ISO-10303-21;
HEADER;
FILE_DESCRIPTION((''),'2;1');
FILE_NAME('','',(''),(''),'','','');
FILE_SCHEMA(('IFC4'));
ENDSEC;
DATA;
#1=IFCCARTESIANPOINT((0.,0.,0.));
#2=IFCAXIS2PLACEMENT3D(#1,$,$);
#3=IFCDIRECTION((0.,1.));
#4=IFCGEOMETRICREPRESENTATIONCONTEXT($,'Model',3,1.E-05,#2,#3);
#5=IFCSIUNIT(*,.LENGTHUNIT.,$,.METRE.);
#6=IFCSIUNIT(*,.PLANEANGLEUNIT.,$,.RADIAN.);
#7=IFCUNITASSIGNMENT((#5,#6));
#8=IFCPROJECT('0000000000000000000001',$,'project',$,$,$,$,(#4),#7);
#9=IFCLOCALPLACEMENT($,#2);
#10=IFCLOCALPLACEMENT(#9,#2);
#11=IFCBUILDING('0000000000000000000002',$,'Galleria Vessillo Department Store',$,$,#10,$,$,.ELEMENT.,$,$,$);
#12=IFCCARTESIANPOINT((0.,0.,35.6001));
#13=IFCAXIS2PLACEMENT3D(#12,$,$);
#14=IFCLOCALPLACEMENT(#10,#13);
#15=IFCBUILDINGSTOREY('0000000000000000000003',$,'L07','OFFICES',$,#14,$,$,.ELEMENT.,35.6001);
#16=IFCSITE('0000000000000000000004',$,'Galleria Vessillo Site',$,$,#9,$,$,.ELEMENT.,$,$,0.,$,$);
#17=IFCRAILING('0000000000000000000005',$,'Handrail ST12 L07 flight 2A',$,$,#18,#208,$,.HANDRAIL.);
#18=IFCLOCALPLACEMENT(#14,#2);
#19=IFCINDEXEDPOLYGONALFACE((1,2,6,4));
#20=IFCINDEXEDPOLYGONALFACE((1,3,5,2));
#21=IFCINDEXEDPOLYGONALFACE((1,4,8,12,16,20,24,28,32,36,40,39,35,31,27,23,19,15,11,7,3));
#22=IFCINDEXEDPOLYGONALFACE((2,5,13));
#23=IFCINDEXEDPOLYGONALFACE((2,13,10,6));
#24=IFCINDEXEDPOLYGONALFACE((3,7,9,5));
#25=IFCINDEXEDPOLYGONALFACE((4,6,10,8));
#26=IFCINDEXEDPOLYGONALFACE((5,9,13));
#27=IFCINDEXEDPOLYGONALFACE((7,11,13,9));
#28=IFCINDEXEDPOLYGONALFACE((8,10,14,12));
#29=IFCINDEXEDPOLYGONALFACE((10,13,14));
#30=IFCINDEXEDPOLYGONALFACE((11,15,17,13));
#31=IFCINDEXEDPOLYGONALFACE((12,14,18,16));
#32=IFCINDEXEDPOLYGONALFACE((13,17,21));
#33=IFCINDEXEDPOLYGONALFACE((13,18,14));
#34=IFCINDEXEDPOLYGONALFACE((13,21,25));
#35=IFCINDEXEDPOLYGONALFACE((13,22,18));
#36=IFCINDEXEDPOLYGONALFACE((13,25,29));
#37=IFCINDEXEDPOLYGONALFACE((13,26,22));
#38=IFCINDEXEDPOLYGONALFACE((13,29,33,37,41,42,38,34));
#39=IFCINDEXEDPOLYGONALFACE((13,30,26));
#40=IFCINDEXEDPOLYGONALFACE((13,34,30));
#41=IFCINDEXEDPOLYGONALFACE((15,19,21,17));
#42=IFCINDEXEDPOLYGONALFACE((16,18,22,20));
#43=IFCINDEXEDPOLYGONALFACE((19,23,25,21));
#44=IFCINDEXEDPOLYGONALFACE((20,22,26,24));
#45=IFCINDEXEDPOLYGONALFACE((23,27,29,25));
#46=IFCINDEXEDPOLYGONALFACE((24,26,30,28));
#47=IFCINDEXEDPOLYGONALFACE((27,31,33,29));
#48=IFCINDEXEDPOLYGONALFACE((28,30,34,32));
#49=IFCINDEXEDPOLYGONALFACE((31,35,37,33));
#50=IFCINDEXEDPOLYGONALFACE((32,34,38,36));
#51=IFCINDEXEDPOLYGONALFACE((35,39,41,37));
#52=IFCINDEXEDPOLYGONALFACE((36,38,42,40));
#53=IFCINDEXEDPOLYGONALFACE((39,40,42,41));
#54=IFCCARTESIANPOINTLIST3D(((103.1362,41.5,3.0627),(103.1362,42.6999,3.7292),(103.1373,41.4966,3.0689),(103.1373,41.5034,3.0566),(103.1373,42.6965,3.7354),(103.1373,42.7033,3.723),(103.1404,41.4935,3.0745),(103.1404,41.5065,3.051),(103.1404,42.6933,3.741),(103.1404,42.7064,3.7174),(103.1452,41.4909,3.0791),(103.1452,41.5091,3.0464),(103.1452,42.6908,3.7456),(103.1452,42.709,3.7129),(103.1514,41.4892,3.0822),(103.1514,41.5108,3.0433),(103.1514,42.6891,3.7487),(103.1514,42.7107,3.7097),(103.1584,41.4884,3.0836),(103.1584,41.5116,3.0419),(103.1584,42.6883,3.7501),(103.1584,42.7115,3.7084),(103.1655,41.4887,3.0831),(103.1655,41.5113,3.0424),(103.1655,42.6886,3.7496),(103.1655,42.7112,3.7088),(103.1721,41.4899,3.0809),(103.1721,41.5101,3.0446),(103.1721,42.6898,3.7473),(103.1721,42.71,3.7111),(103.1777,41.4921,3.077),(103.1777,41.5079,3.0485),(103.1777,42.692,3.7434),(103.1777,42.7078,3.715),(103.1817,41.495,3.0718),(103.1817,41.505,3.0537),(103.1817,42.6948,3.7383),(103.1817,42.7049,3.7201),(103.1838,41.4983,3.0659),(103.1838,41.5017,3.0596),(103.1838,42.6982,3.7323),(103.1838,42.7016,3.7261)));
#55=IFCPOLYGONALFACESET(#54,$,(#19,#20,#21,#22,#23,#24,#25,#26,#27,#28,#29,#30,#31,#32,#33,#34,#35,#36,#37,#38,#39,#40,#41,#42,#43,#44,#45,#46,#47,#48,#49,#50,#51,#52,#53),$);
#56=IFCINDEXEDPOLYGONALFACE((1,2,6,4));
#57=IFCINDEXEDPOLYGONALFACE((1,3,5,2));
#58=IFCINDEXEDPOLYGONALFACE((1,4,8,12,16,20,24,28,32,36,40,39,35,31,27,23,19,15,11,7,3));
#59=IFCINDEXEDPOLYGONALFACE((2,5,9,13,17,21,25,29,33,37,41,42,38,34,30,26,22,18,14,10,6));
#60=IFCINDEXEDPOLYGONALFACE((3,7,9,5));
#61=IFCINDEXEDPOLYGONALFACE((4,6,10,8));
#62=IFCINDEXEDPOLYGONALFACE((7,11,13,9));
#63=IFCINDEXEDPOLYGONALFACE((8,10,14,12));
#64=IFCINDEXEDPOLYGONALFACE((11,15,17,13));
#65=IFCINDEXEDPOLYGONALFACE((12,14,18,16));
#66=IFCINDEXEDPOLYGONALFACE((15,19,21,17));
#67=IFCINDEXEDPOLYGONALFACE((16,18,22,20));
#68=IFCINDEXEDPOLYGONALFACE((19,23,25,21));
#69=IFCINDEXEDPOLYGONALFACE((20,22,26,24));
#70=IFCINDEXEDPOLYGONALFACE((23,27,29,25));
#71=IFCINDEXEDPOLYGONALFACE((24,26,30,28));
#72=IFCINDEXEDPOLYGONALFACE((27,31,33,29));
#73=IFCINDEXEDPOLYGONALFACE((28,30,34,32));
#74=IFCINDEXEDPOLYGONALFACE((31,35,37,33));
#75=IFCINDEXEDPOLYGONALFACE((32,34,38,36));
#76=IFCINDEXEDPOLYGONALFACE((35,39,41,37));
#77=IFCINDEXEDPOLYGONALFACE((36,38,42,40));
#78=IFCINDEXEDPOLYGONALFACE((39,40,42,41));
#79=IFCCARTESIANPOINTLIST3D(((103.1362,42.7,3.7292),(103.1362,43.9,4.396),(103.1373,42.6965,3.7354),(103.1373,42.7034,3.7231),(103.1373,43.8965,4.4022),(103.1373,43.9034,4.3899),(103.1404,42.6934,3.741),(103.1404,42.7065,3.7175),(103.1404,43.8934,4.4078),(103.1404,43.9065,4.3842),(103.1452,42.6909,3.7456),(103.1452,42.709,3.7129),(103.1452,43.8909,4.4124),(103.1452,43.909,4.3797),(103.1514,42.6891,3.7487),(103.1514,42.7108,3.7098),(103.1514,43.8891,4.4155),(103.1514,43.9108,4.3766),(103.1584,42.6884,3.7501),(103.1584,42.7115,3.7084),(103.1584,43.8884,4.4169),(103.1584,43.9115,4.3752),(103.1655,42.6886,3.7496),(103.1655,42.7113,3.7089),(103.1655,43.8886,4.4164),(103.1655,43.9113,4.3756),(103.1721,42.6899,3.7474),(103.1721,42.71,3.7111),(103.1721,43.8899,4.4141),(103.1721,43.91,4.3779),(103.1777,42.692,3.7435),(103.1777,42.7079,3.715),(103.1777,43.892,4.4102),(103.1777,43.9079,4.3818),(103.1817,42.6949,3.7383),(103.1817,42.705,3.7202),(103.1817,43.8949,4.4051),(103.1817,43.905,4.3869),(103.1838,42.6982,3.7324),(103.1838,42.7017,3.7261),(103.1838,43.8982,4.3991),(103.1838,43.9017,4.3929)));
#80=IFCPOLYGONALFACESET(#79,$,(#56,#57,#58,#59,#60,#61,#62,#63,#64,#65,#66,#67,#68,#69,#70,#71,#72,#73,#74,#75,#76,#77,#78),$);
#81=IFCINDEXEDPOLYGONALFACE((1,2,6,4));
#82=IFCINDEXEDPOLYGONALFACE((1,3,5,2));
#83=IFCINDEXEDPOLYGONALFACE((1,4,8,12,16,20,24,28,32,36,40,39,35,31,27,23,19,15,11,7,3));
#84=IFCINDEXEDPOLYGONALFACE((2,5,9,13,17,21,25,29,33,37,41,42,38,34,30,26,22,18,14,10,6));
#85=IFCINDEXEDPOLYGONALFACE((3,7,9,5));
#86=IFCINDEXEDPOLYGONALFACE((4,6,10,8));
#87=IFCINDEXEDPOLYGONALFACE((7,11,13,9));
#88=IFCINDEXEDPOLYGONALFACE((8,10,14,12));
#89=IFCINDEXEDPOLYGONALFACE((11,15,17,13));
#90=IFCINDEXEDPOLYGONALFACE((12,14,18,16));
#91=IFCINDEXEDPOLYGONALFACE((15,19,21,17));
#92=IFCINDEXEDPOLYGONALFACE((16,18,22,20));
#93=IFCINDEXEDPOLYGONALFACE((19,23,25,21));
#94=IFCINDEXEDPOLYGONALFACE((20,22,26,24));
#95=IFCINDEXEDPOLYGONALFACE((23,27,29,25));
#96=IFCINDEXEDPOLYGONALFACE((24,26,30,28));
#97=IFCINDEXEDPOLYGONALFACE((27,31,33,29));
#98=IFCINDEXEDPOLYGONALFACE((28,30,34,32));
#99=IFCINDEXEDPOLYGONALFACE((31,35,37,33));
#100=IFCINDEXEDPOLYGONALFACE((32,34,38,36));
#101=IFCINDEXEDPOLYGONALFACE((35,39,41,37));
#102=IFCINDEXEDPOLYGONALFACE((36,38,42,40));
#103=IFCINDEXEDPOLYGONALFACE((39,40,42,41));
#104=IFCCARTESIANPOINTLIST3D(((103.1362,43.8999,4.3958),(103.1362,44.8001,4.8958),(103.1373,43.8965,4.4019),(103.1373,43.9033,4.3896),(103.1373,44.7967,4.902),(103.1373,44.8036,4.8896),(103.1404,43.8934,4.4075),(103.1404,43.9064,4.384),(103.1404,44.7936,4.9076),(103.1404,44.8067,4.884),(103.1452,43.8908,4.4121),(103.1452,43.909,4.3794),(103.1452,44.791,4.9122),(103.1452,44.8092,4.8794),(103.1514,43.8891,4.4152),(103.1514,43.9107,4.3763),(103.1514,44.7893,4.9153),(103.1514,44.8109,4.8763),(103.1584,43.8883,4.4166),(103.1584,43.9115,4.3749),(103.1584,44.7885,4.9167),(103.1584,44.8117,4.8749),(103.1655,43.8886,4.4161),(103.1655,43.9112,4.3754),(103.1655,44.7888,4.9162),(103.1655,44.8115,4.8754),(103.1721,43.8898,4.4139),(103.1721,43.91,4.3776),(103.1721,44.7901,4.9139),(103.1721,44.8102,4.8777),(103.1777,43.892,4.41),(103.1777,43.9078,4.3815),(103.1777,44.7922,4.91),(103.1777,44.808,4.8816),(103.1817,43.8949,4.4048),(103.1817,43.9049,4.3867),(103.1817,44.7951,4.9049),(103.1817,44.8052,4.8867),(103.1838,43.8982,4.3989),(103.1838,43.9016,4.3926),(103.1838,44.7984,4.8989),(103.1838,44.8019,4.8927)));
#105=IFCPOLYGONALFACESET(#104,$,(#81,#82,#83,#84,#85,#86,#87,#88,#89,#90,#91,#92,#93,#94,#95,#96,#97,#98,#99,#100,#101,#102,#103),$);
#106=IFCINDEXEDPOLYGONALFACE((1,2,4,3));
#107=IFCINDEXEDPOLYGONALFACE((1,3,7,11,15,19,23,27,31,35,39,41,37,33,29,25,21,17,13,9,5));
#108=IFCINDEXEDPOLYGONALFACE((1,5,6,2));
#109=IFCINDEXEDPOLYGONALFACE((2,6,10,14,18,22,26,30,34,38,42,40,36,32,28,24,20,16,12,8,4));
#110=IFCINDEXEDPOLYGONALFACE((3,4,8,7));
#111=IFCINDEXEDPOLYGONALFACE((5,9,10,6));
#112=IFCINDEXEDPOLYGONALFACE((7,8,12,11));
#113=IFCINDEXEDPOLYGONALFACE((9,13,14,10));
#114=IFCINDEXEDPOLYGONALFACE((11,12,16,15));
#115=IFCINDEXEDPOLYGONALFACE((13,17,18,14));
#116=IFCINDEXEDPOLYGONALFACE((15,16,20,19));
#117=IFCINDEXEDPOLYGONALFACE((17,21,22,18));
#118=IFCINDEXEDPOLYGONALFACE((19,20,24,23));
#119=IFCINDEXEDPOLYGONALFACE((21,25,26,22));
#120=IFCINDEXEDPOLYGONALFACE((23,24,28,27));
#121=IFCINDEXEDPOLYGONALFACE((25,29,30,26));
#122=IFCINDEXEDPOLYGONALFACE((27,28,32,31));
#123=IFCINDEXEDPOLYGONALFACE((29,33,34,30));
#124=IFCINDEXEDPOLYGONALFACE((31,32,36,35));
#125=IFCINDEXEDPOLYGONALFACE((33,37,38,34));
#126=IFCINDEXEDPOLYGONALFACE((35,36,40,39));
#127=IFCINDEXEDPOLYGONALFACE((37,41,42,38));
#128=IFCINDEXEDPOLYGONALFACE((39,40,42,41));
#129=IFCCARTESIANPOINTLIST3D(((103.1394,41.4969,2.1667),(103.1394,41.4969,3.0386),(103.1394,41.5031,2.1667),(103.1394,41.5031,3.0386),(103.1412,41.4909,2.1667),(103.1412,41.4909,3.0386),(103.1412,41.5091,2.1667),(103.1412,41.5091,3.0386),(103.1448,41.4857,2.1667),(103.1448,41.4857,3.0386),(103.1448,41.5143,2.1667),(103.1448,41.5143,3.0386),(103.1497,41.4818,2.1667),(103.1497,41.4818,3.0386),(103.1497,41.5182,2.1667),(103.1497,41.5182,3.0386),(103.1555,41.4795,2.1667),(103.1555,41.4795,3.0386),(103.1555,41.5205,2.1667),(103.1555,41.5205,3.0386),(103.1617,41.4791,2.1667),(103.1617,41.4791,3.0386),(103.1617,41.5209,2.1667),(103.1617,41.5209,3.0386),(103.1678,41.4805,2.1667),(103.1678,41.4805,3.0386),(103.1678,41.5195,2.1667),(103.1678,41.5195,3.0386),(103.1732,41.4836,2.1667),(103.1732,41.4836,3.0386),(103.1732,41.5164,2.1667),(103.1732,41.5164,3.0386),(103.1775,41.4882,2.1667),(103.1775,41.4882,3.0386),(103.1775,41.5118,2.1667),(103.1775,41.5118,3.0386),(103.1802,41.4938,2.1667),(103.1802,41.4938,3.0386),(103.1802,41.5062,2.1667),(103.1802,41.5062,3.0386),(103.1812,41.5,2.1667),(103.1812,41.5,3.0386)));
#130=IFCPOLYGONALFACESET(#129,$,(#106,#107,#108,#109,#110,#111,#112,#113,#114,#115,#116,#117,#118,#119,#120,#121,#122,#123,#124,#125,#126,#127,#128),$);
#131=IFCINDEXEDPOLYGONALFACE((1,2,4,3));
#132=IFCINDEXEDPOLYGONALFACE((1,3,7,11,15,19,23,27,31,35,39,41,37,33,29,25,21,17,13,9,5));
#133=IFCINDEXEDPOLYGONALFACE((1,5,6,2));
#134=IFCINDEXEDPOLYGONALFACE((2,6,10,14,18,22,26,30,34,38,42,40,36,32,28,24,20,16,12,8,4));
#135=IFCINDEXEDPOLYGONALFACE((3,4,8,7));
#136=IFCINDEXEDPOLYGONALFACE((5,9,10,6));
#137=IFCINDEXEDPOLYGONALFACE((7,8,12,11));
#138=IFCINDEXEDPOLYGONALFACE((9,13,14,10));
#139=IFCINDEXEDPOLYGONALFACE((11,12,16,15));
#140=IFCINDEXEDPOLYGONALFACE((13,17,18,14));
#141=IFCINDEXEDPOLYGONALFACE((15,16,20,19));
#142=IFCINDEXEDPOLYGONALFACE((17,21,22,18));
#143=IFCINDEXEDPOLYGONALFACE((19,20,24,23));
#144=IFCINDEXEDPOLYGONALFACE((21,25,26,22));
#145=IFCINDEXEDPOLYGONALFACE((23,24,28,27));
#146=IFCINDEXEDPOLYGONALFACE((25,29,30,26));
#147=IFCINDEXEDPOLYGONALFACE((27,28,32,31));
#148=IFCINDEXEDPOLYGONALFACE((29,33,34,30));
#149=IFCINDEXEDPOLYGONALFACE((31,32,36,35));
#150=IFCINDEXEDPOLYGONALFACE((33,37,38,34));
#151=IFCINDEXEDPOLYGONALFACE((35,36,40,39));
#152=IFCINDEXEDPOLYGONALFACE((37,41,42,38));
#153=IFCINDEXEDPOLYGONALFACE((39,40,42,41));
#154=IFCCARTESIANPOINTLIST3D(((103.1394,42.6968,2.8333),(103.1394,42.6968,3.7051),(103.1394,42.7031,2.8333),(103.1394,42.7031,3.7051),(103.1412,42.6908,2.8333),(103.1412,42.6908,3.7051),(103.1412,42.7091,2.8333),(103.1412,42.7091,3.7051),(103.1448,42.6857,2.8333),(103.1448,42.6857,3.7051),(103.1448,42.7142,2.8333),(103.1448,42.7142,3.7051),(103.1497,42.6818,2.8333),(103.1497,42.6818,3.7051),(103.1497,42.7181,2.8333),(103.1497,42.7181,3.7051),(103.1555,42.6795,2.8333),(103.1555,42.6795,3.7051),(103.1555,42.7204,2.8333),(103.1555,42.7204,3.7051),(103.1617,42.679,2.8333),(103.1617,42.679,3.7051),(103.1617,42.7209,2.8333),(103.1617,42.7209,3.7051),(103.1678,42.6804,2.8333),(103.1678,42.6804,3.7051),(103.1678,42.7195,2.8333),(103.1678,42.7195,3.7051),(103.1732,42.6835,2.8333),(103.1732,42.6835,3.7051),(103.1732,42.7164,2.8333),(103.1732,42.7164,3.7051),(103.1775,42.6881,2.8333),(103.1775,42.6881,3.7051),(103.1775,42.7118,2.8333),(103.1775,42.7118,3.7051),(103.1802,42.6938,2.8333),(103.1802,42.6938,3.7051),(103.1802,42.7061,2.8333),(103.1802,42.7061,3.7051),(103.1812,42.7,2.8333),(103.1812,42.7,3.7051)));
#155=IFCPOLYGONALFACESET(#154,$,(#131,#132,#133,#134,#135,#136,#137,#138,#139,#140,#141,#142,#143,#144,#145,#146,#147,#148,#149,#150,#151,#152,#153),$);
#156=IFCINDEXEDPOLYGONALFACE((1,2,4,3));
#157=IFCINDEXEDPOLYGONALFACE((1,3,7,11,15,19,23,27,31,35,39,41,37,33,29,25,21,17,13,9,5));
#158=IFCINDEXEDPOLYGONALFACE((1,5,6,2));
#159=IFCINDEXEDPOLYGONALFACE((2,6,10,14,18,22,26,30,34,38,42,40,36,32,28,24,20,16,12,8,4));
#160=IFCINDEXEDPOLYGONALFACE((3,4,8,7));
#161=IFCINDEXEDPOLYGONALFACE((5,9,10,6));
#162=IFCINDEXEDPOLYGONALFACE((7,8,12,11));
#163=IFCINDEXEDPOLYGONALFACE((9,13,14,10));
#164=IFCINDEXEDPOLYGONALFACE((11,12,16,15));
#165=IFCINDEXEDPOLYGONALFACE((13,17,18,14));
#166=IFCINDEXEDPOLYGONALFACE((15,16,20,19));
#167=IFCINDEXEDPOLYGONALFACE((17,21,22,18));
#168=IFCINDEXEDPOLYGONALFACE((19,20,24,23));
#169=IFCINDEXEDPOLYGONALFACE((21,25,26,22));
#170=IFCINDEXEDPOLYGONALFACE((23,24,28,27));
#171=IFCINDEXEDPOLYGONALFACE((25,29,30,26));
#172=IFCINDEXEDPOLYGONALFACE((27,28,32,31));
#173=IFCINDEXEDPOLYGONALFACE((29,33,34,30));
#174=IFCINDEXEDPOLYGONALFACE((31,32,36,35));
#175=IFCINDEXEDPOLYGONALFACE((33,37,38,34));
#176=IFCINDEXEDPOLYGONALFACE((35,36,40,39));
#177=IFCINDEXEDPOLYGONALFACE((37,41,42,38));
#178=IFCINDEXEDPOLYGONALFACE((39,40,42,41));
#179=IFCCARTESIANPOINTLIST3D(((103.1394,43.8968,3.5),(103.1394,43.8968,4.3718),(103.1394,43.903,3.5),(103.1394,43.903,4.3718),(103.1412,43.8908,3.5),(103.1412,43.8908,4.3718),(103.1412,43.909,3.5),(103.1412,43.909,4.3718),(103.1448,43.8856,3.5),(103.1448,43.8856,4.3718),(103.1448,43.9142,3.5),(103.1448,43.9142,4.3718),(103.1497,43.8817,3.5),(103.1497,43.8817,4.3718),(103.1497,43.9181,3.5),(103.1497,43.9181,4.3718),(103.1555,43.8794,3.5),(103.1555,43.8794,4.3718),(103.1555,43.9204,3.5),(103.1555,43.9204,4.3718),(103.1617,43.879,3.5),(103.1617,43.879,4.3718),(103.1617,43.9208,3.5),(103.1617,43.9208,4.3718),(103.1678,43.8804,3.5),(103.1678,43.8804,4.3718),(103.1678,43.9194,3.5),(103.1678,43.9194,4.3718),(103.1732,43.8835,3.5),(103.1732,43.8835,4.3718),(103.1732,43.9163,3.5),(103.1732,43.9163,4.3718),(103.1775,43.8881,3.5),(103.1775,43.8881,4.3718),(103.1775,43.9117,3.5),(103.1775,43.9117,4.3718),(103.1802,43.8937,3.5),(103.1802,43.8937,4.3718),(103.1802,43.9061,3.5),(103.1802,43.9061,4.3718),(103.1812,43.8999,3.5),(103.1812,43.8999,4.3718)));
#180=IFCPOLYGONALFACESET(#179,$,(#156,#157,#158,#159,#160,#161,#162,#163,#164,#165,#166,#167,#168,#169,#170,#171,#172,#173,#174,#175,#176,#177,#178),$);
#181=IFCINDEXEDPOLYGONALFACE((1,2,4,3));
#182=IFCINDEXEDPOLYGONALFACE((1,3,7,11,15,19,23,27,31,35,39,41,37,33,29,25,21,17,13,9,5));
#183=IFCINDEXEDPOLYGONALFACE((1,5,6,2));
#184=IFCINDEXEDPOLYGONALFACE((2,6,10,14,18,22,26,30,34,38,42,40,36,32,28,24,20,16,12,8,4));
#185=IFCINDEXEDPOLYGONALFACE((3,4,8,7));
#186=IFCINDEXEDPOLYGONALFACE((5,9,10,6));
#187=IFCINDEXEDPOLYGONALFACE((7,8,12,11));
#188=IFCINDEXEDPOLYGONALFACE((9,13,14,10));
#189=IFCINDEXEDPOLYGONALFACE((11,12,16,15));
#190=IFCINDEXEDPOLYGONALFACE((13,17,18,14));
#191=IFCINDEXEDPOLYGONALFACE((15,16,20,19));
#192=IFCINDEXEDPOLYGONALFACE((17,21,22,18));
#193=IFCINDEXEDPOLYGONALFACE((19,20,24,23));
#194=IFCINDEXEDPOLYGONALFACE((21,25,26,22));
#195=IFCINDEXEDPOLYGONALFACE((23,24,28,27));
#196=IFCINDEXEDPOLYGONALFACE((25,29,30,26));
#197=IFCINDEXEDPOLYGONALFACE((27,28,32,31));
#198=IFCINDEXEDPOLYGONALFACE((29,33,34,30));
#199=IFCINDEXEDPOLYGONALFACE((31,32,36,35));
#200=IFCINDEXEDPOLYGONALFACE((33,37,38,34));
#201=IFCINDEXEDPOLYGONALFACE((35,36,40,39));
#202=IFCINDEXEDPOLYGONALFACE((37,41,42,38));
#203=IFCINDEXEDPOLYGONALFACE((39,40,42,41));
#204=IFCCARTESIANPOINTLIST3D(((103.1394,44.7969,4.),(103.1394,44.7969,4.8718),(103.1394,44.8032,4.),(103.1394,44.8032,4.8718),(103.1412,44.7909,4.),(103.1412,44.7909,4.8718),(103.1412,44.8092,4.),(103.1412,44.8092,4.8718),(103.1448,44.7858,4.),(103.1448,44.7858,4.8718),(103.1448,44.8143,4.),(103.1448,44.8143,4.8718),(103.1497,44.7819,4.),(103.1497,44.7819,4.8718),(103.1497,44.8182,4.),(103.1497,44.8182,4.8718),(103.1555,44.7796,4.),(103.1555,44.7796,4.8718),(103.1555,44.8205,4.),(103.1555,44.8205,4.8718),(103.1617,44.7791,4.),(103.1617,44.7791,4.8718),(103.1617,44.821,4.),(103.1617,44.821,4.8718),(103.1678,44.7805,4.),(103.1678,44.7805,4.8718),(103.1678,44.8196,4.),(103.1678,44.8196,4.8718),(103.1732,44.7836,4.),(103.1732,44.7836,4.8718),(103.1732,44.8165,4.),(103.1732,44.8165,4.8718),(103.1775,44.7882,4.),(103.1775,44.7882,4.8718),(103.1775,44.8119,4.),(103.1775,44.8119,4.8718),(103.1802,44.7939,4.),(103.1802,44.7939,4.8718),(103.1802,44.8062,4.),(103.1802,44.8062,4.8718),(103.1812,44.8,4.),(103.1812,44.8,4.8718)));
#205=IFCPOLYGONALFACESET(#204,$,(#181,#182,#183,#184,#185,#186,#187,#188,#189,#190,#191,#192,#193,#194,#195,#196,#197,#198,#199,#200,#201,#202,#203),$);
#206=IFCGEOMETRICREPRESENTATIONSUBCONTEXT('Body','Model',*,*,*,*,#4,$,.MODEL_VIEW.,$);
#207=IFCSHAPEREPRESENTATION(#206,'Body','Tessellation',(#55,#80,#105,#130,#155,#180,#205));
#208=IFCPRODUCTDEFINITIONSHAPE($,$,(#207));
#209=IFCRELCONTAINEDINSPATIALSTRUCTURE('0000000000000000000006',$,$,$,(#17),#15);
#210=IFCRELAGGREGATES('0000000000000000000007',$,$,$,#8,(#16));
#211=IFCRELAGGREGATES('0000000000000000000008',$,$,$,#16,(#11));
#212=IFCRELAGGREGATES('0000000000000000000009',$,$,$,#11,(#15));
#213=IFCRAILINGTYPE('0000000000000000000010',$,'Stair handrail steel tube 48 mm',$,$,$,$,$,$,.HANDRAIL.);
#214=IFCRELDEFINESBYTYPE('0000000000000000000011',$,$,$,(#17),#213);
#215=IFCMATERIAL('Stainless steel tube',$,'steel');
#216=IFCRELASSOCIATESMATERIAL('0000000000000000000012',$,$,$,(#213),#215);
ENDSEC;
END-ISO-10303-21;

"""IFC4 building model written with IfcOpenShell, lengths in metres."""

from ifc_helpers import new_model, si_unit, direction, frame, origin, origin_2d, place, context, subcontext, project, spatial, circle, extrude, material, type_object, element, save


model = new_model("IFC4")

# Units and contexts
model_context = context("Model", 3, precision=1e-05, world=origin(), true_north=direction((0.0, 1.0)))
body_context = subcontext(model_context, "Body", "Model", "MODEL_VIEW")
ifc_project = project(units=[si_unit("LENGTHUNIT", "METRE"), si_unit("PLANEANGLEUNIT", "RADIAN")], contexts=[model_context])

# Site, building, storey
site_placement = place(None, origin())
site = spatial("IfcSite", under=ifc_project, at=site_placement, Name="Galleria Vessillo Site", CompositionType="ELEMENT", RefElevation=0.0)
building_placement = place(site_placement, origin())
building = spatial("IfcBuilding", under=site, at=building_placement, Name="Galleria Vessillo Department Store", CompositionType="ELEMENT")
storey_placement = place(building_placement, frame((0.0, 0.0, 35.6001)))
storey = spatial("IfcBuildingStorey", under=building, at=storey_placement, Name="L07", Description="OFFICES", CompositionType="ELEMENT", Elevation=35.6001)

# Railing
ifc_material_1 = material(Name="Stainless steel tube", Category="steel")
railing_type = type_object("IfcRailingType", Name="Stair handrail steel tube 48 mm", PredefinedType="HANDRAIL", material=ifc_material_1)
for number, where, name in (
    (1, (103.1602, 41.5, 2.1667), "Handrail ST12 L07 flight 2A"),
):
    element("IfcRailing", number, at=place(storey_placement, frame(where)), inside=storey, type_object=railing_type, Name=name, PredefinedType="HANDRAIL", context=body_context, shape_type="SweptSolid", body=[
        extrude(circle(Radius=0.0239, at=origin_2d()), frame((0.0, 0.0, 0.896), z_axis=(0.0, 0.874199, 0.485567), x_axis=(-1.0, 0.0, 0.0)), (0.0, 0.0, 1.0), 1.3726),
        extrude(circle(Radius=0.0239, at=origin_2d()), frame((0.0, 1.2, 1.5625), z_axis=(0.0, 0.874124, 0.485703), x_axis=(-1.0, 0.0, 0.0)), (0.0, 0.0, 1.0), 1.3728),
        extrude(circle(Radius=0.0239, at=origin_2d()), frame((0.0, 2.3999, 2.229), z_axis=(0.0, 0.874191, 0.485583), x_axis=(-1.0, 0.0, 0.0)), (0.0, 0.0, 1.0), 1.0298),
        extrude(circle(Radius=0.021, at=origin_2d()), origin(), (0.0, 0.0, 1.0), 0.8718),
        extrude(circle(Radius=0.021, at=origin_2d()), frame((0.0, 1.2, 0.6665)), (0.0, 0.0, 1.0), 0.8718),
        extrude(circle(Radius=0.021, at=origin_2d()), frame((0.0, 2.3999, 1.3333)), (0.0, 0.0, 1.0), 0.8718),
        extrude(circle(Radius=0.021, at=origin_2d()), frame((0.0, 3.3, 1.8333)), (0.0, 0.0, 1.0), 0.8718),
    ])

save(model, "model.ifc")
